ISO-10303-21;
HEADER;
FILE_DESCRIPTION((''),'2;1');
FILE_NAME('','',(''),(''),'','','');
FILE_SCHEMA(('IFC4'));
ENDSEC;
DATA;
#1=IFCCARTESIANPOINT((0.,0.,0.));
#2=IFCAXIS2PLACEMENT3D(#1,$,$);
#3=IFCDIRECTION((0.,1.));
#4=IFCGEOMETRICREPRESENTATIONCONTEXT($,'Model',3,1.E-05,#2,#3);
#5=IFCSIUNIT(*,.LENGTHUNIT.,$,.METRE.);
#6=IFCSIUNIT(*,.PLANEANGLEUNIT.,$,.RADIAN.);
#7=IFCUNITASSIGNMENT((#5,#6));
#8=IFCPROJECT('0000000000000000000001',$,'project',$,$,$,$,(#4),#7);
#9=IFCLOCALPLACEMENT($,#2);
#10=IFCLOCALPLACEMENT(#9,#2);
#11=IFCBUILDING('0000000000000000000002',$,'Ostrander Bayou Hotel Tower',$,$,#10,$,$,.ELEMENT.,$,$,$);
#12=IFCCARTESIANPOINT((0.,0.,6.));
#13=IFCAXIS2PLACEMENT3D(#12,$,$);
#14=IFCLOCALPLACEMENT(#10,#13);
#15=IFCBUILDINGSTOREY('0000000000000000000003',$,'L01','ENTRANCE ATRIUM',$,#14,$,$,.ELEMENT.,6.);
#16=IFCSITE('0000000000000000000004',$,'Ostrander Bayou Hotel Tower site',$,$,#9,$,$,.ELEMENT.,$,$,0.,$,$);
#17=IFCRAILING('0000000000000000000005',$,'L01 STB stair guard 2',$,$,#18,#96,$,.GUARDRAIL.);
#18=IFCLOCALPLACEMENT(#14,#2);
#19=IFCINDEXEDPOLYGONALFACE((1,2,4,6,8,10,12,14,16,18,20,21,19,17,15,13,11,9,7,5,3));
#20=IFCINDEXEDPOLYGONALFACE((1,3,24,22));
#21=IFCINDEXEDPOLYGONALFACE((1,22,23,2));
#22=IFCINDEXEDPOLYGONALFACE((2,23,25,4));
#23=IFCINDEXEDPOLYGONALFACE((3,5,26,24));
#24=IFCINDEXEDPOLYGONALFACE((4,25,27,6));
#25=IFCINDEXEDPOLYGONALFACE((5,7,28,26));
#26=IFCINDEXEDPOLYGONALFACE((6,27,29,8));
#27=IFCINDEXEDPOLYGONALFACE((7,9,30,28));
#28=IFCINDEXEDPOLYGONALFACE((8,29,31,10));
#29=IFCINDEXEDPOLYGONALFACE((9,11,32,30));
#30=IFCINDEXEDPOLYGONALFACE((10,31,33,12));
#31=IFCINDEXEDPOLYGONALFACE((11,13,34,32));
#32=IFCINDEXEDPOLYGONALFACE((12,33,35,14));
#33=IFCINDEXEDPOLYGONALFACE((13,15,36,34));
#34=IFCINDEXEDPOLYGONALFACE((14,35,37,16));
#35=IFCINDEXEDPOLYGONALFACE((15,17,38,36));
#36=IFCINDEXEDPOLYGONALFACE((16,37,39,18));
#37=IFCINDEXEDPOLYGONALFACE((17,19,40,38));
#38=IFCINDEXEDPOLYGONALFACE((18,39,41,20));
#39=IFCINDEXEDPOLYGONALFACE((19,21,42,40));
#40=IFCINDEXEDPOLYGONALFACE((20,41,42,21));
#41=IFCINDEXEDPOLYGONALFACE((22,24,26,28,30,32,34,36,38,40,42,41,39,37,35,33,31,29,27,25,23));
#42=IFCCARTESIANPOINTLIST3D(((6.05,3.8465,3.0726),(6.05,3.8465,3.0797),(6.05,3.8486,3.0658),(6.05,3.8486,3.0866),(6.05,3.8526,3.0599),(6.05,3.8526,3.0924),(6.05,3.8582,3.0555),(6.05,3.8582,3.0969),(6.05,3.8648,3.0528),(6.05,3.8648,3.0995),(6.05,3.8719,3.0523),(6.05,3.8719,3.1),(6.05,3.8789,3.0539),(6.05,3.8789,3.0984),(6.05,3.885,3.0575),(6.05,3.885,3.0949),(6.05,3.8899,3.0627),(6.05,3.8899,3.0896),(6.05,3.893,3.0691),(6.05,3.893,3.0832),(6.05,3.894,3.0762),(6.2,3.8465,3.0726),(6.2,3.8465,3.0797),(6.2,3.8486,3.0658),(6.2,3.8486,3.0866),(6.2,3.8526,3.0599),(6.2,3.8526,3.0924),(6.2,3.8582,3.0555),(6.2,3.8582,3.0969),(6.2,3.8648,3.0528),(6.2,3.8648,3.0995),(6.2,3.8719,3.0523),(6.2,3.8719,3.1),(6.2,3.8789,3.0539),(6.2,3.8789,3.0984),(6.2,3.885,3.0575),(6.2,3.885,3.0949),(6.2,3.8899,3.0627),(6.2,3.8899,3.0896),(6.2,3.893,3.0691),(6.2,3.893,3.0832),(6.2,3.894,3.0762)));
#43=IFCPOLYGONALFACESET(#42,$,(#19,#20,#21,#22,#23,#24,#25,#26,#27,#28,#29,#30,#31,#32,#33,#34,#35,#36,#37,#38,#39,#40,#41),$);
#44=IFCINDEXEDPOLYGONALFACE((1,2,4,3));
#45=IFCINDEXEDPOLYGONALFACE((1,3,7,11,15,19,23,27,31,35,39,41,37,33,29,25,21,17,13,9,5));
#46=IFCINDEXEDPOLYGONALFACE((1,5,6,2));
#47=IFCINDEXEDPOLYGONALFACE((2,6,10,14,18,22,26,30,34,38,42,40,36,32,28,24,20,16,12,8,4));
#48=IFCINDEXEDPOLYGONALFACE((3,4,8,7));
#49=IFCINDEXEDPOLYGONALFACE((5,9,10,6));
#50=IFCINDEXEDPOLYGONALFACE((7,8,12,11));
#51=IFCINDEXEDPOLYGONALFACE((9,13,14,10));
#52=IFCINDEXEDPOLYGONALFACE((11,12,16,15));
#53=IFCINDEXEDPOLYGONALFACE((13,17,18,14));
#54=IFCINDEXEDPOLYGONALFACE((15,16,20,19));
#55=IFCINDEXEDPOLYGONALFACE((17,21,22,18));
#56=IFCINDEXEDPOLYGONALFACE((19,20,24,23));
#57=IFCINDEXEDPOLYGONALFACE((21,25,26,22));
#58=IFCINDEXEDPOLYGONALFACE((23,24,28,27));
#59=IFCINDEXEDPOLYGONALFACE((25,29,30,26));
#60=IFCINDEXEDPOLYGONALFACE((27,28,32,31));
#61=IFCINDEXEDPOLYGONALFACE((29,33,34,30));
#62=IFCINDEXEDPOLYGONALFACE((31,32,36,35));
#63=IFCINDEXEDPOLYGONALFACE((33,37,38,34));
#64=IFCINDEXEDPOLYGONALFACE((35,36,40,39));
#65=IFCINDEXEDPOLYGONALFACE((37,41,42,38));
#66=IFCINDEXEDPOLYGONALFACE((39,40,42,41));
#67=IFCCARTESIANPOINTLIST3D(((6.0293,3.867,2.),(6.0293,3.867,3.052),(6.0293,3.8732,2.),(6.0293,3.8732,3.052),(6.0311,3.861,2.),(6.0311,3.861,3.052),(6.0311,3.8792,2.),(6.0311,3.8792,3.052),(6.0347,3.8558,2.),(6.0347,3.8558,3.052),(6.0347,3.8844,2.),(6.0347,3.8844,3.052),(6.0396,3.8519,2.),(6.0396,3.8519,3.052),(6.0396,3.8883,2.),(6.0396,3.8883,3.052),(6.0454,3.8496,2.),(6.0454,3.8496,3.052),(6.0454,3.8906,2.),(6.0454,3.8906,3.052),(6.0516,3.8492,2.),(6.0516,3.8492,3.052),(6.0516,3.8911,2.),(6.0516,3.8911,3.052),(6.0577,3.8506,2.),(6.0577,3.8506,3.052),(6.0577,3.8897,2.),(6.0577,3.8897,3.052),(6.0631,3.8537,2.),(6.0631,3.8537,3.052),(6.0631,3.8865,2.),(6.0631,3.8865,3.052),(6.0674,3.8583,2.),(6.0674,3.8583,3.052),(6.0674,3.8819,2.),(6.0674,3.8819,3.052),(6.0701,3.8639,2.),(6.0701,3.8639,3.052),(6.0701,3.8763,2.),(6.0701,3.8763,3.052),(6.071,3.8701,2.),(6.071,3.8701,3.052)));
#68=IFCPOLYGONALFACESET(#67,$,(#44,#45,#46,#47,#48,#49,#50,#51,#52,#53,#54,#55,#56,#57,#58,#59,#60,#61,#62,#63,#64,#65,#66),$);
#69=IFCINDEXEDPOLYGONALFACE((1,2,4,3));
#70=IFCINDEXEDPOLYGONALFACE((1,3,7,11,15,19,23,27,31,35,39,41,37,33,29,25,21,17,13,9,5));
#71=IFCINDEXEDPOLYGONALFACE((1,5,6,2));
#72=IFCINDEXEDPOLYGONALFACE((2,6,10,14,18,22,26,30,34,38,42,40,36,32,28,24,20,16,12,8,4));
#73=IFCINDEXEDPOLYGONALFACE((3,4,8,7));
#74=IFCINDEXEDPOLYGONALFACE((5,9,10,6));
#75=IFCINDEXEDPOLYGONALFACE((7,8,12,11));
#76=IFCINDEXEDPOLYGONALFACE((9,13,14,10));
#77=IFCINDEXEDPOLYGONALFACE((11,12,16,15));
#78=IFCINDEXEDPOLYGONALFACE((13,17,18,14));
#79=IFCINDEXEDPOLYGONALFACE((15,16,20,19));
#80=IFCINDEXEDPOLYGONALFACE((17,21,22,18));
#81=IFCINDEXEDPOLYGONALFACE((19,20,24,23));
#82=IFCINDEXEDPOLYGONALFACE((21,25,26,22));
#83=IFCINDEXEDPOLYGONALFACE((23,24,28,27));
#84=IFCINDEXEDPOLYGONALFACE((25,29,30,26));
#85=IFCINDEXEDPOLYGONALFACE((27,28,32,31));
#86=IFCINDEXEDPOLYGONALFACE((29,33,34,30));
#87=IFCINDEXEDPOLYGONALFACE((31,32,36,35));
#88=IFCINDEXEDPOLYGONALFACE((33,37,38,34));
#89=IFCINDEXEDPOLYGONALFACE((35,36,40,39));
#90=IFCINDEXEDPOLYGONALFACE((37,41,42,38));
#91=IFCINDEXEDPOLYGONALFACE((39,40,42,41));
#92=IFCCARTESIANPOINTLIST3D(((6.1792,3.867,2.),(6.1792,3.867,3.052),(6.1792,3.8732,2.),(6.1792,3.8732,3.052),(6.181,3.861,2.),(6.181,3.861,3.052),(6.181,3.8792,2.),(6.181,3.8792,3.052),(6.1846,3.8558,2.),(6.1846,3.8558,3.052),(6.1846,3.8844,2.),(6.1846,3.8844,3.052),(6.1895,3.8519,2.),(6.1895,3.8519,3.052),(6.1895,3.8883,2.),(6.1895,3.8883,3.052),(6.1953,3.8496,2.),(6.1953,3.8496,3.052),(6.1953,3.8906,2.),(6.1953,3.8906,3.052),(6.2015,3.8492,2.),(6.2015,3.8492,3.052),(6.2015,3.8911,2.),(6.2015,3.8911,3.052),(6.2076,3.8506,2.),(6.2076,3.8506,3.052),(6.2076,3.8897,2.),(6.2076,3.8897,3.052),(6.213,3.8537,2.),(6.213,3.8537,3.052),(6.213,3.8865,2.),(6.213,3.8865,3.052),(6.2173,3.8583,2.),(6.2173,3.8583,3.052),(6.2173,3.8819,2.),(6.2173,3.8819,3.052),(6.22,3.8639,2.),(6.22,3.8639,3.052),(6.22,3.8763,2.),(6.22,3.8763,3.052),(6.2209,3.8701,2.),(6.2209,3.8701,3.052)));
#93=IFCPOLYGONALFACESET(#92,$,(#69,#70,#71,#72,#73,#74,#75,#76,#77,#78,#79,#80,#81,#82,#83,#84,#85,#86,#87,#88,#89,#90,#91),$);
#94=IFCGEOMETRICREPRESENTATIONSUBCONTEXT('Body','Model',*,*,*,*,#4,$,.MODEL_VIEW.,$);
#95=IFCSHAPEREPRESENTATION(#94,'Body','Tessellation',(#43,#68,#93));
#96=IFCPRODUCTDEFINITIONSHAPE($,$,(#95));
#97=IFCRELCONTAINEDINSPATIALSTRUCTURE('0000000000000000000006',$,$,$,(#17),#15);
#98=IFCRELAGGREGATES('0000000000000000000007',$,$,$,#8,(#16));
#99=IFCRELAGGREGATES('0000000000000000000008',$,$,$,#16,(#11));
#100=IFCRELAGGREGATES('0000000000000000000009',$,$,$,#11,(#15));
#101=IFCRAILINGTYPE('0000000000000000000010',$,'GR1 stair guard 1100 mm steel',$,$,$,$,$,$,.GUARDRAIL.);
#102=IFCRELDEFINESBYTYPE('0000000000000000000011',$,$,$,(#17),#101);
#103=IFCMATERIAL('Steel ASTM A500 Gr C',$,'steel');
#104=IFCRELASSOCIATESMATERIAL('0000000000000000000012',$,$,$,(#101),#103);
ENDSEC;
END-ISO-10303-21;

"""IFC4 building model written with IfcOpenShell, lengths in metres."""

from ifc_helpers import new_model, si_unit, direction, frame, origin, origin_2d, place, context, subcontext, project, spatial, circle, extrude, material, type_object, element, save


model = new_model("IFC4")

# Units and contexts
model_context = context("Model", 3, precision=1e-05, world=origin(), true_north=direction((0.0, 1.0)))
body_context = subcontext(model_context, "Body", "Model", "MODEL_VIEW")
ifc_project = project(units=[si_unit("LENGTHUNIT", "METRE"), si_unit("PLANEANGLEUNIT", "RADIAN")], contexts=[model_context])

# Site, building, storey
site_placement = place(None, origin())
site = spatial("IfcSite", under=ifc_project, at=site_placement, Name="Ostrander Bayou Hotel Tower site", CompositionType="ELEMENT", RefElevation=0.0)
building_placement = place(site_placement, origin())
building = spatial("IfcBuilding", under=site, at=building_placement, Name="Ostrander Bayou Hotel Tower", CompositionType="ELEMENT")
storey_placement = place(building_placement, frame((0.0, 0.0, 6.0)))
storey = spatial("IfcBuildingStorey", under=building, at=storey_placement, Name="L01", Description="ENTRANCE ATRIUM", CompositionType="ELEMENT", Elevation=6.0)

# Railing
ifc_material_1 = material(Name="Steel ASTM A500 Gr C", Category="steel")
railing_type_1 = type_object("IfcRailingType", Name="GR1 stair guard 1100 mm steel", PredefinedType="GUARDRAIL", material=ifc_material_1)
railing_1_placement = place(storey_placement, frame((6.05, 3.8701, 2.0)))
element("IfcRailing", 1, at=railing_1_placement, inside=storey, type_object=railing_type_1, Name="L01 STB stair guard 2", PredefinedType="GUARDRAIL", context=body_context, shape_type="SweptSolid", body=[
    extrude(circle(Radius=0.0239, at=origin_2d()), frame((0.0, 0.0, 1.0762), z_axis=(1.0, 0.0, 0.0), x_axis=(0.0, 1.0, 0.0)), (0.0, 0.0, 1.0), 0.1499),
    extrude(circle(Radius=0.021, at=origin_2d()), origin(), (0.0, 0.0, 1.0), 1.052),
    extrude(circle(Radius=0.021, at=origin_2d()), frame((0.1499, 0.0, 0.0)), (0.0, 0.0, 1.0), 1.052),
])

save(model, "model.ifc")
